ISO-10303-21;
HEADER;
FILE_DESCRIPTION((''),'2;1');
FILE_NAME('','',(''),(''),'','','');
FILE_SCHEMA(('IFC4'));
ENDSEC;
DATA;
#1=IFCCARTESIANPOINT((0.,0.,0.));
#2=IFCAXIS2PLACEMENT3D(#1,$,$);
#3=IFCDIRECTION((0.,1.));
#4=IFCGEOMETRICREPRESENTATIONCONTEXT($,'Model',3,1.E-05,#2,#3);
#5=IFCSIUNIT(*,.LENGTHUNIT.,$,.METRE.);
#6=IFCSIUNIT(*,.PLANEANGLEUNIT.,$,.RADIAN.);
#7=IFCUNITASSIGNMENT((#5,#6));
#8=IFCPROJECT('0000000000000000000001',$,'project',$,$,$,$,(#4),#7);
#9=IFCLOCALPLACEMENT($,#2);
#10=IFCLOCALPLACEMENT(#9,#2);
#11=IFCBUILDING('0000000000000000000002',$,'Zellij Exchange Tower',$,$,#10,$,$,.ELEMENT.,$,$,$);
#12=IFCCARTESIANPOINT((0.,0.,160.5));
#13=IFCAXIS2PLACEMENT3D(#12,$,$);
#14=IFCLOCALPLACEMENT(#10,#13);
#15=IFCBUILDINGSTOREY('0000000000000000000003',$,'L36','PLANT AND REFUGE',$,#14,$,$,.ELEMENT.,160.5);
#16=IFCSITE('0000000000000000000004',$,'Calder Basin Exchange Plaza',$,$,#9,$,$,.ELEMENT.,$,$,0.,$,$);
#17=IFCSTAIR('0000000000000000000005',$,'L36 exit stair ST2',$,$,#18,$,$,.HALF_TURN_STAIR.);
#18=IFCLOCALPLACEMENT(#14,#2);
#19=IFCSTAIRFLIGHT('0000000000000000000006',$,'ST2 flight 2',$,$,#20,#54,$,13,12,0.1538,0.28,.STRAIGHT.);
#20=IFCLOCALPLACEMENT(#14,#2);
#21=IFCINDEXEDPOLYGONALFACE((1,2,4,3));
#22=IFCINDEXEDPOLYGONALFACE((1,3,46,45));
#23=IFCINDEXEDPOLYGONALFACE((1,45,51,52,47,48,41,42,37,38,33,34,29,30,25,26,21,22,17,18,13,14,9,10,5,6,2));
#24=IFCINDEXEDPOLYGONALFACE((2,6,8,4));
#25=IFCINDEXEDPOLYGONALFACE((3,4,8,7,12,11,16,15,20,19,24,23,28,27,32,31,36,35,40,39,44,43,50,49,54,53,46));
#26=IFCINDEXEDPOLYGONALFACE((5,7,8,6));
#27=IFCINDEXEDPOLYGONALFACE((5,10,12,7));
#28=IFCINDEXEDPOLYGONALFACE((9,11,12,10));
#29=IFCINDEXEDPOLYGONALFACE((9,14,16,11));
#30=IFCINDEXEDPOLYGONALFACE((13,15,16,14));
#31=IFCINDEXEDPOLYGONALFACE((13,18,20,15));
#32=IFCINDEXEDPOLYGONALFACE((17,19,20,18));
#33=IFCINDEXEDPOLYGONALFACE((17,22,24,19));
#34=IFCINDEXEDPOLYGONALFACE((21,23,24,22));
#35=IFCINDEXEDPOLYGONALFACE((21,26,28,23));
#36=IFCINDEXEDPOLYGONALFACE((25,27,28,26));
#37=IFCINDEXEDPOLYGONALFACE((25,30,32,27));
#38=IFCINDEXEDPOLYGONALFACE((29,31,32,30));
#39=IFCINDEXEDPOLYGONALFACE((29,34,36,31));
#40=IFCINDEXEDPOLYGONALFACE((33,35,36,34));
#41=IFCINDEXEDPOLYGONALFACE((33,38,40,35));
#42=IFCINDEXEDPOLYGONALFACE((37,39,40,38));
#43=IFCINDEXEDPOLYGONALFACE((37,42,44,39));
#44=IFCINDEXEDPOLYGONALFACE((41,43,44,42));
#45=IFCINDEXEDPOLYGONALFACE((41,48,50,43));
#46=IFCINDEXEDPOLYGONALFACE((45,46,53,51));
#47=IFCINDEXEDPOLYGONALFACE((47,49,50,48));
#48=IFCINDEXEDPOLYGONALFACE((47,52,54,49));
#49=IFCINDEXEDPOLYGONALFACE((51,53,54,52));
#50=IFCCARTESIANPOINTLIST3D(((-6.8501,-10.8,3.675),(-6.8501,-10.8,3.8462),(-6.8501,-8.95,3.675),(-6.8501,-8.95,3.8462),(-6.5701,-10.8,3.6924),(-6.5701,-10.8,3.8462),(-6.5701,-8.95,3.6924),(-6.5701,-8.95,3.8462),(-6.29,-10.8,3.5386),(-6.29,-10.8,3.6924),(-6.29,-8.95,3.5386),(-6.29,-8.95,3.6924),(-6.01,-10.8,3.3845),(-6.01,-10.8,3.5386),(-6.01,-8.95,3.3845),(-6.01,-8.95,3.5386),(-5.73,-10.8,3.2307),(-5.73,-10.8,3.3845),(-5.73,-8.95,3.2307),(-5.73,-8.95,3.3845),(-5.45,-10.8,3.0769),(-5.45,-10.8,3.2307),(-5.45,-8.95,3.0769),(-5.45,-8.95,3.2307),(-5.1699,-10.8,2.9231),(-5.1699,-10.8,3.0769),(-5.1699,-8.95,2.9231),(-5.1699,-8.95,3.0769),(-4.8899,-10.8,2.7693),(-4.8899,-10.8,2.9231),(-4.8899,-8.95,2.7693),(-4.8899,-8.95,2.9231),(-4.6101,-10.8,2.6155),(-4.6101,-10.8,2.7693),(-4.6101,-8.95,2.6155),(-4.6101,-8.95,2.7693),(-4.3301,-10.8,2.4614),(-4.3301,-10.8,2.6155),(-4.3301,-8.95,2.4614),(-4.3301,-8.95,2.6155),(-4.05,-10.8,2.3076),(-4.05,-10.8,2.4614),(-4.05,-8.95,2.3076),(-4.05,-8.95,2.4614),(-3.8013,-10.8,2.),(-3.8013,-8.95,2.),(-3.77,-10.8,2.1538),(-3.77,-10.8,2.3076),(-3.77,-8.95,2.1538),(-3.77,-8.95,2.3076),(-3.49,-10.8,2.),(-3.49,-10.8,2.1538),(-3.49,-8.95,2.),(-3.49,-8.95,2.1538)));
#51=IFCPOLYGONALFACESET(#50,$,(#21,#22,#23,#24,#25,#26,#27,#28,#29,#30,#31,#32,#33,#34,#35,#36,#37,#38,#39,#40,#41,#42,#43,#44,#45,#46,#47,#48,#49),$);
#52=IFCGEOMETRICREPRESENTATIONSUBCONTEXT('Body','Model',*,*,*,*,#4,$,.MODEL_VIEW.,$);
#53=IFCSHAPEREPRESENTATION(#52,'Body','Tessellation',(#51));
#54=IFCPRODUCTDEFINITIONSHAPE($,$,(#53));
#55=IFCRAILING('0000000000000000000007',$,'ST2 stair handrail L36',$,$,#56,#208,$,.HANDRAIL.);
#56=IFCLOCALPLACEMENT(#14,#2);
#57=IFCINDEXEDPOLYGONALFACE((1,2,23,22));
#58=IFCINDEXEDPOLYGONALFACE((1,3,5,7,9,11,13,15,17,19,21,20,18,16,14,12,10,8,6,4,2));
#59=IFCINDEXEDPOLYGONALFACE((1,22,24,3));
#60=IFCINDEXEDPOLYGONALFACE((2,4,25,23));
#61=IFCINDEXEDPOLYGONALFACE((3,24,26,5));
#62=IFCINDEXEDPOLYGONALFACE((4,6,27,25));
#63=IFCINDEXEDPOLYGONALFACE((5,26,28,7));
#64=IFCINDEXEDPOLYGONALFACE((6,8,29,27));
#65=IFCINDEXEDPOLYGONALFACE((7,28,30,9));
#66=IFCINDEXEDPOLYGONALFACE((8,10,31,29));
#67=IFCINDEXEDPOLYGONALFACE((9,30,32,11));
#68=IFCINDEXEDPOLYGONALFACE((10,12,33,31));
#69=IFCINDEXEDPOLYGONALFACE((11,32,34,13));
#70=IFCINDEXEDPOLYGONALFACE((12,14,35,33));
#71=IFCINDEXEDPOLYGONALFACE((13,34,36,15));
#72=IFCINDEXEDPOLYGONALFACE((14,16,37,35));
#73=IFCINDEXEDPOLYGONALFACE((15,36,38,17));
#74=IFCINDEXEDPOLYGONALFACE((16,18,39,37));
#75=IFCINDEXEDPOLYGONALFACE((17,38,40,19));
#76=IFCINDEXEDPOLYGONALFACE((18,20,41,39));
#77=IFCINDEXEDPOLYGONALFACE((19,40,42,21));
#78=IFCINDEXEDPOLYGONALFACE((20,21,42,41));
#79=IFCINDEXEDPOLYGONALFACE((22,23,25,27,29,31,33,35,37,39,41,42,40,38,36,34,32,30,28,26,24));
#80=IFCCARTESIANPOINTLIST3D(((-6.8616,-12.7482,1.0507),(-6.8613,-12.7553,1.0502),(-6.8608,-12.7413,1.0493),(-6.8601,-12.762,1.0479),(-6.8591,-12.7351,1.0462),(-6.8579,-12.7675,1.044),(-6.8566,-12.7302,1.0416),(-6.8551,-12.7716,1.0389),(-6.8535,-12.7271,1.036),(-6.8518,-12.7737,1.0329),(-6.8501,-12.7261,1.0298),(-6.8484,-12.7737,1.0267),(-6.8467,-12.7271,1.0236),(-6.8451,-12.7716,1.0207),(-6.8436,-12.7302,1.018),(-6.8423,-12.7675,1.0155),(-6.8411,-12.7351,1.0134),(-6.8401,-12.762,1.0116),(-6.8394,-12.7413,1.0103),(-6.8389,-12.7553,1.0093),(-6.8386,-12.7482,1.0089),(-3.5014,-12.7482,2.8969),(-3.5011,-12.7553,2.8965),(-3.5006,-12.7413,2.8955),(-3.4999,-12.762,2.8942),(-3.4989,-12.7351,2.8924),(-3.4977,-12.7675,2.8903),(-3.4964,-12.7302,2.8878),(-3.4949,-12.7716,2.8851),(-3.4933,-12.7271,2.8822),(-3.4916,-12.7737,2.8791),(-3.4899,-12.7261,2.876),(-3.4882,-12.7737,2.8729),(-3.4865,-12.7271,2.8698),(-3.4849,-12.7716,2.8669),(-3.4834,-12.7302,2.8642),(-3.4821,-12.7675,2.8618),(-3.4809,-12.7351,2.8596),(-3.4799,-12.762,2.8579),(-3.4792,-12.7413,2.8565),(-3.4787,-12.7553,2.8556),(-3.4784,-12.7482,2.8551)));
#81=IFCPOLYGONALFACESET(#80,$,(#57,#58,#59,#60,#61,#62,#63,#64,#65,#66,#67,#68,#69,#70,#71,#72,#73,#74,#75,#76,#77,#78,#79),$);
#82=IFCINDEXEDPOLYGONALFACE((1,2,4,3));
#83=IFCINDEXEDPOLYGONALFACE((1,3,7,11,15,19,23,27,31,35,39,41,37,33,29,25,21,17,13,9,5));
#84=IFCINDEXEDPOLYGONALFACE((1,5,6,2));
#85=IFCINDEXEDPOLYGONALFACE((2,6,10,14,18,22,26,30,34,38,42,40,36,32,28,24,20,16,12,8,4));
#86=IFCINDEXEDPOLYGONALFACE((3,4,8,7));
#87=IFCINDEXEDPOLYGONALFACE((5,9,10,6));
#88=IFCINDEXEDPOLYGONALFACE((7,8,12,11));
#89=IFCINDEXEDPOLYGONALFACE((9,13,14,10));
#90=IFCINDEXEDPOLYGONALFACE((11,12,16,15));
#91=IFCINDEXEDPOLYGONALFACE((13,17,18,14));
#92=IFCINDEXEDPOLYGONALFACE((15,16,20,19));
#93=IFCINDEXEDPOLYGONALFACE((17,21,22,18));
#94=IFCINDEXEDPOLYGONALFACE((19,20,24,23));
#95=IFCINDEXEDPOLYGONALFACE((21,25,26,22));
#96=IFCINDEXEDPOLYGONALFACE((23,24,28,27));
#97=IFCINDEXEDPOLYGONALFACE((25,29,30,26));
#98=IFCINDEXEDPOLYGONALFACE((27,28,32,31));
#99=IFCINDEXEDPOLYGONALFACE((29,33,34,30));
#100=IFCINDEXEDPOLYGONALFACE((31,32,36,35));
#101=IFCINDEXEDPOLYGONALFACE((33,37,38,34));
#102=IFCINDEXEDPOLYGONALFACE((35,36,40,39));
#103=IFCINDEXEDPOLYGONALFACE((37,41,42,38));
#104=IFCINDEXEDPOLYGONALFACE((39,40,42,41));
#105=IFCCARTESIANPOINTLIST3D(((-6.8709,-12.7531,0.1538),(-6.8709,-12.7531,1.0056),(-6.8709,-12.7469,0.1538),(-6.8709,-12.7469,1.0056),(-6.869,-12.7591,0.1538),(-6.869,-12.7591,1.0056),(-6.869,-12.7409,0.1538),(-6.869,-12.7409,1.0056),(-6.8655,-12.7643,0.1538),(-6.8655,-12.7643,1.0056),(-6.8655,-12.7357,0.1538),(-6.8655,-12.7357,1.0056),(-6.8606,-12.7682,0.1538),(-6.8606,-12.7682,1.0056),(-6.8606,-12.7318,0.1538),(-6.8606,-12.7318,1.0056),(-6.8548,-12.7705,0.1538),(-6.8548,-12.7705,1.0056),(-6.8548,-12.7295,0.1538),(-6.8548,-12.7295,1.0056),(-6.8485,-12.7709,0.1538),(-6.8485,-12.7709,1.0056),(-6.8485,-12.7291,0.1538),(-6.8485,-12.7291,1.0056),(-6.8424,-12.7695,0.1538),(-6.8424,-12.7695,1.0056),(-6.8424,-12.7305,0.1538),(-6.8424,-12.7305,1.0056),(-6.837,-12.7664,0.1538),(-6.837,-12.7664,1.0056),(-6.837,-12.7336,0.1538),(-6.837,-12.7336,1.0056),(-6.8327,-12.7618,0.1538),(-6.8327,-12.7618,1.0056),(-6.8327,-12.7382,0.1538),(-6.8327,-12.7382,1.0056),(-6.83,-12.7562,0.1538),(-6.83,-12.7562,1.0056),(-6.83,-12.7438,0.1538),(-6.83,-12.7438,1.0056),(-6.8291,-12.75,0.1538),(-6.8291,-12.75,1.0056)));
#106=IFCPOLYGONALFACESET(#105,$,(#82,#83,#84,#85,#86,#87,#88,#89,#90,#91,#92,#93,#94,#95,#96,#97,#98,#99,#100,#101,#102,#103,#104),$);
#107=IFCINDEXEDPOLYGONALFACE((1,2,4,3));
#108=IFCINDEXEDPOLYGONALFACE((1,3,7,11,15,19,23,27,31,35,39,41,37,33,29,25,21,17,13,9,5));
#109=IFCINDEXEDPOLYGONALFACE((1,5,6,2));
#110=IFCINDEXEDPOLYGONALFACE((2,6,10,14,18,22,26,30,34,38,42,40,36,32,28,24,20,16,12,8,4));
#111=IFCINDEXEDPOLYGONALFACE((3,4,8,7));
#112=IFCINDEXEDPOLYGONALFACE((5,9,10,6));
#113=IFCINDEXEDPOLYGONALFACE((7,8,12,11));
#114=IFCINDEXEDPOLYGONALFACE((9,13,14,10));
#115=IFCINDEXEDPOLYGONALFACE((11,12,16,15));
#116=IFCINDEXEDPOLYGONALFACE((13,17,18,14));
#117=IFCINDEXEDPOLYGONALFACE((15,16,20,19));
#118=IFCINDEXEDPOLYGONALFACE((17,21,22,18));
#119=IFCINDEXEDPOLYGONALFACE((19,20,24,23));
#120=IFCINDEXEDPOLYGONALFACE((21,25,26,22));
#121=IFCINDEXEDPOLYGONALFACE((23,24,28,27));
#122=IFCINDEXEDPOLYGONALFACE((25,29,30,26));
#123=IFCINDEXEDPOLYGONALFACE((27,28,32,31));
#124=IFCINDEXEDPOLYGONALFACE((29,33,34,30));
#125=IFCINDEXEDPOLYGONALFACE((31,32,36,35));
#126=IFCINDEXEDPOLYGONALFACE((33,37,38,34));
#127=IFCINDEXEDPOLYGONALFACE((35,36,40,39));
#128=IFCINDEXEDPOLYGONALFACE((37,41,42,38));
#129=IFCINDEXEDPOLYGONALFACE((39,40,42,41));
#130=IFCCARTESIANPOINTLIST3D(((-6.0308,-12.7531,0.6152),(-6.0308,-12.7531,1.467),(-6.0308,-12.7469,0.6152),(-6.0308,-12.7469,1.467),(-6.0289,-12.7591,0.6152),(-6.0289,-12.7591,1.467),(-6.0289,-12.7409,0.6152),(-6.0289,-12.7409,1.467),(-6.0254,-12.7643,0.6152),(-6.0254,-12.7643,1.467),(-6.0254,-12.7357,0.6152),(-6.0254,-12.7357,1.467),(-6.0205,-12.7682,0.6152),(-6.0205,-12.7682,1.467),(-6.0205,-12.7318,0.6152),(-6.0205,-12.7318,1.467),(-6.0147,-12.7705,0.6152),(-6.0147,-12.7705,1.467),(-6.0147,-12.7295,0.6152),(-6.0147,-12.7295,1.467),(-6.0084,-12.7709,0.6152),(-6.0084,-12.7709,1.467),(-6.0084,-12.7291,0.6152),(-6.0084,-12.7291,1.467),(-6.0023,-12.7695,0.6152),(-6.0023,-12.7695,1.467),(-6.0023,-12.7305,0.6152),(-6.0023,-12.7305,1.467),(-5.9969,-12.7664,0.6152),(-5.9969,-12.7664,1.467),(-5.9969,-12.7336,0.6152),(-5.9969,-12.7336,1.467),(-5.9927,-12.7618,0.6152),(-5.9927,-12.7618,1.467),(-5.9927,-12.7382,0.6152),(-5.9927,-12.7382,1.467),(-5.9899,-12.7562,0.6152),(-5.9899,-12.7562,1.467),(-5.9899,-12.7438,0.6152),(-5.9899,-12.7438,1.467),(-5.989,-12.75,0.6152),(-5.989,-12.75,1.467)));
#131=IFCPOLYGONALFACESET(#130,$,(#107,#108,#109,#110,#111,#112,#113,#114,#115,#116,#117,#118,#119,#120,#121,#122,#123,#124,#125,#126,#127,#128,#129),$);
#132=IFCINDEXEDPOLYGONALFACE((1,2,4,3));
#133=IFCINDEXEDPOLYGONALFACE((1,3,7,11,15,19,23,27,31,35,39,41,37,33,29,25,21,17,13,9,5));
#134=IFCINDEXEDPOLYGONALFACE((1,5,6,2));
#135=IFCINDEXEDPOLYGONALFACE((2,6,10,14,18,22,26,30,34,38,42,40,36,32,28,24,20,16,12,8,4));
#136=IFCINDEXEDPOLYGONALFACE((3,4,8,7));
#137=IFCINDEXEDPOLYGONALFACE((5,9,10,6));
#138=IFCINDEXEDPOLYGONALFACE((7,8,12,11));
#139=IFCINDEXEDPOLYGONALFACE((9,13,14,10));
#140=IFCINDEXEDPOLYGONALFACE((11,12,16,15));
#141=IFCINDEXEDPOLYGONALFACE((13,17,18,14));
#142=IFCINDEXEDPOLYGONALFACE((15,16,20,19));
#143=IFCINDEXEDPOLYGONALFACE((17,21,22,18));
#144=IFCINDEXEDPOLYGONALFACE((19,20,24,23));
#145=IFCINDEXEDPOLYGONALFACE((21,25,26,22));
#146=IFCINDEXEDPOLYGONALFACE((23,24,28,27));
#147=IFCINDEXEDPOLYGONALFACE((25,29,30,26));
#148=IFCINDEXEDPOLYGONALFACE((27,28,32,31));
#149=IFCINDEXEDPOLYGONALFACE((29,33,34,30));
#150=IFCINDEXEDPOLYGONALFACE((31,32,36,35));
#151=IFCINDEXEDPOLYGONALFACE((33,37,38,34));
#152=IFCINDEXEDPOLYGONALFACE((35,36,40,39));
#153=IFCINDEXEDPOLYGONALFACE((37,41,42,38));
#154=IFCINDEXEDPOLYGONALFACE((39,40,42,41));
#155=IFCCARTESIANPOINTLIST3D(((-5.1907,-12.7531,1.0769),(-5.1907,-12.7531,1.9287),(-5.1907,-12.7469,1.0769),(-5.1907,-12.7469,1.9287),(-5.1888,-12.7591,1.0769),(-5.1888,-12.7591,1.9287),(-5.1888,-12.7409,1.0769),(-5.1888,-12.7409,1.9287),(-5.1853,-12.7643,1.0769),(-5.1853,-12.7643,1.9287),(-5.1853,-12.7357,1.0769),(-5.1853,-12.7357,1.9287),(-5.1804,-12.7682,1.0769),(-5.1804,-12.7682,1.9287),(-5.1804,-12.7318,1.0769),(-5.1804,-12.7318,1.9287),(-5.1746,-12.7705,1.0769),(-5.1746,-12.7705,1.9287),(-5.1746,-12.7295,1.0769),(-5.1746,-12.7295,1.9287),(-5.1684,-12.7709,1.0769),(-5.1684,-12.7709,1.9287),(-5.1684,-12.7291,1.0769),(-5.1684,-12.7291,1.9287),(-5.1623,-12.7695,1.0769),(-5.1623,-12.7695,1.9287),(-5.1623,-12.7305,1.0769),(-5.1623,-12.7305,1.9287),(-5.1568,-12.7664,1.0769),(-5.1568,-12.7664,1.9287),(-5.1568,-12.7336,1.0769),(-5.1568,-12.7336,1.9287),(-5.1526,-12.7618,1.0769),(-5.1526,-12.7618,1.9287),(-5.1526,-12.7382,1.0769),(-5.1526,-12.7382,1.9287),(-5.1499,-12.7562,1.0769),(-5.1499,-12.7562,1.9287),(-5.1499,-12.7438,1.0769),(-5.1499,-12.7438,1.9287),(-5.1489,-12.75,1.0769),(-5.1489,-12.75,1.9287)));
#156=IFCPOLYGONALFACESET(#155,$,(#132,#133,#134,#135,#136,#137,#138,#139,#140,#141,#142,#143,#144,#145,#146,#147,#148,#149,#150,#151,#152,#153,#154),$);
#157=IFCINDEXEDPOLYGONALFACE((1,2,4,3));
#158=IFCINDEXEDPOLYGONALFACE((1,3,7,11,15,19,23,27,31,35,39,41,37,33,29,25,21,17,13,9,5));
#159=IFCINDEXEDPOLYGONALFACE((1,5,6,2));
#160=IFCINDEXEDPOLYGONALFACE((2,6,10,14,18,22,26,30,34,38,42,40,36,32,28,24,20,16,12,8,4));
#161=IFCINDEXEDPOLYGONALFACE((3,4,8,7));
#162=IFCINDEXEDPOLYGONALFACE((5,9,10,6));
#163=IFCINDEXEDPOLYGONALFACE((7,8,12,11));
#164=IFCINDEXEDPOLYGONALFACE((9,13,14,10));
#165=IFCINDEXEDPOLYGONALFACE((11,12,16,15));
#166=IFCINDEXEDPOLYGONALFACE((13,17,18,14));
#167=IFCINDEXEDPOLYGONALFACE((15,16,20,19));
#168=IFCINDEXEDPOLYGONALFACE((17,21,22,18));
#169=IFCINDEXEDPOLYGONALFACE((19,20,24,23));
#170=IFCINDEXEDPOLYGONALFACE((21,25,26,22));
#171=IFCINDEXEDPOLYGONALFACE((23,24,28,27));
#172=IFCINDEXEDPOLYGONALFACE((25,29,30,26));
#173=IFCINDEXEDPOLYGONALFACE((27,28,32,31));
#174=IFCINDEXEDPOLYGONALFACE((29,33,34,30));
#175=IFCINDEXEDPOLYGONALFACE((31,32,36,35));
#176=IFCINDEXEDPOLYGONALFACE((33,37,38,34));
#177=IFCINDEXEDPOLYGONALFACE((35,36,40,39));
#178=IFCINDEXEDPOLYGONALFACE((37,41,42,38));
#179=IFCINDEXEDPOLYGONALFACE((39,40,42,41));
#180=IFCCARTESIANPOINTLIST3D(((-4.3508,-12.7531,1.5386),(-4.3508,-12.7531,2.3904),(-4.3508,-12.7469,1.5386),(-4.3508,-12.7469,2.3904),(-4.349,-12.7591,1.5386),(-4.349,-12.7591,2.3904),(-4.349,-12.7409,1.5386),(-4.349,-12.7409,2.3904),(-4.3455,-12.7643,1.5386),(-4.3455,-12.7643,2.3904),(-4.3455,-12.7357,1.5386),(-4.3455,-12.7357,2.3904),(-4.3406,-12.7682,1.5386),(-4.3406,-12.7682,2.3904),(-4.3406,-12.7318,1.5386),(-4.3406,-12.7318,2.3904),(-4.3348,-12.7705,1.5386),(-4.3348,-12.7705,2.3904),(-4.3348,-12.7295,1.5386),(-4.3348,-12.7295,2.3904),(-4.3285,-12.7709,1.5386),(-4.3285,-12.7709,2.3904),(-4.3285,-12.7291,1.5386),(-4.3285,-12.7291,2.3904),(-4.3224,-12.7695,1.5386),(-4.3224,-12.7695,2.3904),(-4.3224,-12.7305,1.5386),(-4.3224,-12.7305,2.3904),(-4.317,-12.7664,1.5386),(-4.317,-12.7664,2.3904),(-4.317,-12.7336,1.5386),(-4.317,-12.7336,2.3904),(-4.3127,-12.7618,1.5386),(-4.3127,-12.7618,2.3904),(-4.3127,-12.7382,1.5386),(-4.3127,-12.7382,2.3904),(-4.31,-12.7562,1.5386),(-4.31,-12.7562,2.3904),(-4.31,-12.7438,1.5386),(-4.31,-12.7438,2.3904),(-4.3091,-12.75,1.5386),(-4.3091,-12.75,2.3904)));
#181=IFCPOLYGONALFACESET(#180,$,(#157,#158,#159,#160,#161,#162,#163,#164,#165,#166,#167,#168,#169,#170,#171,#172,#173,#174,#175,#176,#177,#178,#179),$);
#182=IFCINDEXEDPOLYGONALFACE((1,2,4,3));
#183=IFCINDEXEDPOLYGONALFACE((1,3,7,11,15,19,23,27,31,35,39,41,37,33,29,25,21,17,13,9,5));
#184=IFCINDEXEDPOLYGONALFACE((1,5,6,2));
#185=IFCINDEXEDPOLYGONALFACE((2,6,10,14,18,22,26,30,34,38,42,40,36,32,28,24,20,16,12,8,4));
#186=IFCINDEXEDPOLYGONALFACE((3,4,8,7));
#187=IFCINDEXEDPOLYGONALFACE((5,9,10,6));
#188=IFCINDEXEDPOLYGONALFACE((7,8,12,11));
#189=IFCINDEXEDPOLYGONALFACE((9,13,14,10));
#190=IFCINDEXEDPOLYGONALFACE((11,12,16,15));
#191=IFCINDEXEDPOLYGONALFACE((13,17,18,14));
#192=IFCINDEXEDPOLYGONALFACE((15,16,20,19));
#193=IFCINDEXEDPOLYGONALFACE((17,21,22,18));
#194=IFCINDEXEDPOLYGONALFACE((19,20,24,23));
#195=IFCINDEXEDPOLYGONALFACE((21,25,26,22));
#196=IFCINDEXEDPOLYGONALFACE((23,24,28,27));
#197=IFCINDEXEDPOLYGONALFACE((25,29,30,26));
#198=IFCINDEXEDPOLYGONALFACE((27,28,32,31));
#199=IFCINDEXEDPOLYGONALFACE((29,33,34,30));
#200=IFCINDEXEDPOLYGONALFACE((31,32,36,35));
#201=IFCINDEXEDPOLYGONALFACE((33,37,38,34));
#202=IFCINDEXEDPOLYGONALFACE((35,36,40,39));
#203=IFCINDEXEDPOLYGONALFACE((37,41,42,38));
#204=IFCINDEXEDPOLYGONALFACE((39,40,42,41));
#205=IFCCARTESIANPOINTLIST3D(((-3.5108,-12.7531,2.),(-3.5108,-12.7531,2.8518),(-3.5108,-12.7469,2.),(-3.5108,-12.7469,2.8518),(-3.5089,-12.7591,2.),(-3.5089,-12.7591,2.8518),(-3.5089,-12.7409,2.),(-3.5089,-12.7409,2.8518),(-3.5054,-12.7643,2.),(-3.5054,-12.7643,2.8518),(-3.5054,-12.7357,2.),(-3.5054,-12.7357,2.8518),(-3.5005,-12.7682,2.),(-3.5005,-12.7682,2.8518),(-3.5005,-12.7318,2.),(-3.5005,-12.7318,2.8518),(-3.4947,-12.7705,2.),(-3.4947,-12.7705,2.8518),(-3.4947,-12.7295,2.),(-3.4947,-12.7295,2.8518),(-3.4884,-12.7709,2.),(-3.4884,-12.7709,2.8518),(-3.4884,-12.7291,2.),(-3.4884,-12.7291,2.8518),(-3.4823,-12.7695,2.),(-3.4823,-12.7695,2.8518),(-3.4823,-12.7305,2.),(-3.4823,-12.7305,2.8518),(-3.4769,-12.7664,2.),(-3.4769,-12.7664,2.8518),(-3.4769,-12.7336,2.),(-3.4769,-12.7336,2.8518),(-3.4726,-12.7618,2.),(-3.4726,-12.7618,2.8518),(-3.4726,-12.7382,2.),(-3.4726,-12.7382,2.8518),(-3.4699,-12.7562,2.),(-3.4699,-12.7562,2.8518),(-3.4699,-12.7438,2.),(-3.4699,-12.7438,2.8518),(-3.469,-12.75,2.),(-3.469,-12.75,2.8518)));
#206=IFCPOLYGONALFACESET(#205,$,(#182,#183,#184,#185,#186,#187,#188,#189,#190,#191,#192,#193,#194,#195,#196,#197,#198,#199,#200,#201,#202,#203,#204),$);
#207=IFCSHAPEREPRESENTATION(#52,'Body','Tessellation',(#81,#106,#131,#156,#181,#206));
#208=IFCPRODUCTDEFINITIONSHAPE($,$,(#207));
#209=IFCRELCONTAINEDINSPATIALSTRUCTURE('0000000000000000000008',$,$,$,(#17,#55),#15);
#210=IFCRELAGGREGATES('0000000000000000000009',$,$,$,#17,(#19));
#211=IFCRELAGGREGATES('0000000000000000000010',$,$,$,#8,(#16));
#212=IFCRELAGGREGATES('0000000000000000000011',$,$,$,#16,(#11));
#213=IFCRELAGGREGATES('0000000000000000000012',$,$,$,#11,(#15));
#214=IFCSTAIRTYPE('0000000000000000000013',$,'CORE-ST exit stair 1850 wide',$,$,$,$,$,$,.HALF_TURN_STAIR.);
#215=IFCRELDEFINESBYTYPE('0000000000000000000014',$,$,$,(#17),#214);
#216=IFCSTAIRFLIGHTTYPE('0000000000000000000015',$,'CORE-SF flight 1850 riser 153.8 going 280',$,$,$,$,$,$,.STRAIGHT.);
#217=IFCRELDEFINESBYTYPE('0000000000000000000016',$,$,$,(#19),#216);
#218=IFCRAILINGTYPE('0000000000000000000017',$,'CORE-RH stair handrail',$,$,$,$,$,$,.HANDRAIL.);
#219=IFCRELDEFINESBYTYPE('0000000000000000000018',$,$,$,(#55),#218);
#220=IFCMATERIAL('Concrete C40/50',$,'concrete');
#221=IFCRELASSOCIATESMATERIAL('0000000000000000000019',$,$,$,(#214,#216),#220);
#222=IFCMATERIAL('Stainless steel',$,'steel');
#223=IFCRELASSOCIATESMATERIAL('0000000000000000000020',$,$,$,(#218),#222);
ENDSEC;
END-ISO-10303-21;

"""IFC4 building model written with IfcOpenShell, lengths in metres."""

from ifc_helpers import new_model, si_unit, direction, frame, origin, origin_2d, place, context, subcontext, project, spatial, polyline, circle, outline, extrude, material, type_object, element, aggregate, save


model = new_model("IFC4")

# Units and contexts
model_context = context("Model", 3, precision=1e-05, world=origin(), true_north=direction((0.0, 1.0)))
body_context = subcontext(model_context, "Body", "Model", "MODEL_VIEW")
ifc_project = project(units=[si_unit("LENGTHUNIT", "METRE"), si_unit("PLANEANGLEUNIT", "RADIAN")], contexts=[model_context])

# Site, building, storey
site_placement = place(None, origin())
site = spatial("IfcSite", under=ifc_project, at=site_placement, Name="Calder Basin Exchange Plaza", CompositionType="ELEMENT", RefElevation=0.0)
building_placement = place(site_placement, origin())
building = spatial("IfcBuilding", under=site, at=building_placement, Name="Zellij Exchange Tower", CompositionType="ELEMENT")
storey_placement = place(building_placement, frame((0.0, 0.0, 160.5)))
storey = spatial("IfcBuildingStorey", under=building, at=storey_placement, Name="L36", Description="PLANT AND REFUGE", CompositionType="ELEMENT", Elevation=160.5)

# Shared definitions
ifc_material_1 = material(Name="Concrete C40/50", Category="concrete")

# Stair, stair flight
stair_type = type_object("IfcStairType", Name="CORE-ST exit stair 1850 wide", PredefinedType="HALF_TURN_STAIR", material=ifc_material_1)
stair_placement = place(storey_placement, origin())
stair = element("IfcStair", 1, at=stair_placement, inside=storey, type_object=stair_type, Name="L36 exit stair ST2", PredefinedType="HALF_TURN_STAIR")
stair_flight_type = type_object("IfcStairFlightType", Name="CORE-SF flight 1850 riser 153.8 going 280", PredefinedType="STRAIGHT", material=ifc_material_1)
stair_flight_1_placement = place(storey_placement, frame((-3.49, -9.875, 2.0), z_axis=(0.0, 0.0, 1.0), x_axis=(-1.0, 0.0, 0.0)))
stair_flight_1 = element("IfcStairFlight", 2, at=stair_flight_1_placement, type_object=stair_flight_type, Name="ST2 flight 2", NumberOfRisers=13, NumberOfTreads=12, PredefinedType="STRAIGHT", RiserHeight=0.1538, TreadLength=0.28, context=body_context, shape_type="SweptSolid", body=[
    extrude(outline(polyline([(0.0, 0.0), (0.0, 0.1538), (0.28, 0.1538), (0.28, 0.3076), (0.5601, 0.3076), (0.5601, 0.4614), (0.8401, 0.4614), (0.8401, 0.6155), (1.1201, 0.6155), (1.1201, 0.7693), (1.3999, 0.7693), (1.3999, 0.9231), (1.6799, 0.9231), (1.6799, 1.0769), (1.96, 1.0769), (1.96, 1.2307), (2.24, 1.2307), (2.24, 1.3845), (2.52, 1.3845), (2.52, 1.5386), (2.8, 1.5386), (2.8, 1.6924), (3.0801, 1.6924), (3.0801, 1.8462), (3.3601, 1.8462), (3.3601, 2.0), (3.3601, 1.675), (0.3113, 0.0), (0.0, 0.0)])), frame((0.0, 0.925, 0.0), z_axis=(0.0, -1.0, 0.0), x_axis=(1.0, 0.0, 0.0)), (0.0, 0.0, 1.0), 1.8501),
])
aggregate(stair, [stair_flight_1])

# Railing
ifc_material_2 = material(Name="Stainless steel", Category="steel")
railing_type_1 = type_object("IfcRailingType", Name="CORE-RH stair handrail", PredefinedType="HANDRAIL", material=ifc_material_2)
railing_1_placement = place(storey_placement, frame((-6.8501, -12.75, 0.1538)))
element("IfcRailing", 3, at=railing_1_placement, inside=storey, type_object=railing_type_1, Name="ST2 stair handrail L36", PredefinedType="HANDRAIL", context=body_context, shape_type="SweptSolid", body=[
    extrude(circle(Radius=0.0239, at=origin_2d()), frame((0.0, 0.0, 0.876), z_axis=(0.876422, 0.0, 0.481545), x_axis=(0.0, 1.0, 0.0)), (0.0, 0.0, 1.0), 3.834),
    extrude(circle(Radius=0.021, at=origin_2d()), origin(), (0.0, 0.0, 1.0), 0.8518),
    extrude(circle(Radius=0.021, at=origin_2d()), frame((0.8401, 0.0, 0.4614)), (0.0, 0.0, 1.0), 0.8518),
    extrude(circle(Radius=0.021, at=origin_2d()), frame((1.6802, 0.0, 0.9231)), (0.0, 0.0, 1.0), 0.8518),
    extrude(circle(Radius=0.021, at=origin_2d()), frame((2.52, 0.0, 1.3848)), (0.0, 0.0, 1.0), 0.8518),
    extrude(circle(Radius=0.021, at=origin_2d()), frame((3.3601, 0.0, 1.8462)), (0.0, 0.0, 1.0), 0.8518),
])

save(model, "model.ifc")
